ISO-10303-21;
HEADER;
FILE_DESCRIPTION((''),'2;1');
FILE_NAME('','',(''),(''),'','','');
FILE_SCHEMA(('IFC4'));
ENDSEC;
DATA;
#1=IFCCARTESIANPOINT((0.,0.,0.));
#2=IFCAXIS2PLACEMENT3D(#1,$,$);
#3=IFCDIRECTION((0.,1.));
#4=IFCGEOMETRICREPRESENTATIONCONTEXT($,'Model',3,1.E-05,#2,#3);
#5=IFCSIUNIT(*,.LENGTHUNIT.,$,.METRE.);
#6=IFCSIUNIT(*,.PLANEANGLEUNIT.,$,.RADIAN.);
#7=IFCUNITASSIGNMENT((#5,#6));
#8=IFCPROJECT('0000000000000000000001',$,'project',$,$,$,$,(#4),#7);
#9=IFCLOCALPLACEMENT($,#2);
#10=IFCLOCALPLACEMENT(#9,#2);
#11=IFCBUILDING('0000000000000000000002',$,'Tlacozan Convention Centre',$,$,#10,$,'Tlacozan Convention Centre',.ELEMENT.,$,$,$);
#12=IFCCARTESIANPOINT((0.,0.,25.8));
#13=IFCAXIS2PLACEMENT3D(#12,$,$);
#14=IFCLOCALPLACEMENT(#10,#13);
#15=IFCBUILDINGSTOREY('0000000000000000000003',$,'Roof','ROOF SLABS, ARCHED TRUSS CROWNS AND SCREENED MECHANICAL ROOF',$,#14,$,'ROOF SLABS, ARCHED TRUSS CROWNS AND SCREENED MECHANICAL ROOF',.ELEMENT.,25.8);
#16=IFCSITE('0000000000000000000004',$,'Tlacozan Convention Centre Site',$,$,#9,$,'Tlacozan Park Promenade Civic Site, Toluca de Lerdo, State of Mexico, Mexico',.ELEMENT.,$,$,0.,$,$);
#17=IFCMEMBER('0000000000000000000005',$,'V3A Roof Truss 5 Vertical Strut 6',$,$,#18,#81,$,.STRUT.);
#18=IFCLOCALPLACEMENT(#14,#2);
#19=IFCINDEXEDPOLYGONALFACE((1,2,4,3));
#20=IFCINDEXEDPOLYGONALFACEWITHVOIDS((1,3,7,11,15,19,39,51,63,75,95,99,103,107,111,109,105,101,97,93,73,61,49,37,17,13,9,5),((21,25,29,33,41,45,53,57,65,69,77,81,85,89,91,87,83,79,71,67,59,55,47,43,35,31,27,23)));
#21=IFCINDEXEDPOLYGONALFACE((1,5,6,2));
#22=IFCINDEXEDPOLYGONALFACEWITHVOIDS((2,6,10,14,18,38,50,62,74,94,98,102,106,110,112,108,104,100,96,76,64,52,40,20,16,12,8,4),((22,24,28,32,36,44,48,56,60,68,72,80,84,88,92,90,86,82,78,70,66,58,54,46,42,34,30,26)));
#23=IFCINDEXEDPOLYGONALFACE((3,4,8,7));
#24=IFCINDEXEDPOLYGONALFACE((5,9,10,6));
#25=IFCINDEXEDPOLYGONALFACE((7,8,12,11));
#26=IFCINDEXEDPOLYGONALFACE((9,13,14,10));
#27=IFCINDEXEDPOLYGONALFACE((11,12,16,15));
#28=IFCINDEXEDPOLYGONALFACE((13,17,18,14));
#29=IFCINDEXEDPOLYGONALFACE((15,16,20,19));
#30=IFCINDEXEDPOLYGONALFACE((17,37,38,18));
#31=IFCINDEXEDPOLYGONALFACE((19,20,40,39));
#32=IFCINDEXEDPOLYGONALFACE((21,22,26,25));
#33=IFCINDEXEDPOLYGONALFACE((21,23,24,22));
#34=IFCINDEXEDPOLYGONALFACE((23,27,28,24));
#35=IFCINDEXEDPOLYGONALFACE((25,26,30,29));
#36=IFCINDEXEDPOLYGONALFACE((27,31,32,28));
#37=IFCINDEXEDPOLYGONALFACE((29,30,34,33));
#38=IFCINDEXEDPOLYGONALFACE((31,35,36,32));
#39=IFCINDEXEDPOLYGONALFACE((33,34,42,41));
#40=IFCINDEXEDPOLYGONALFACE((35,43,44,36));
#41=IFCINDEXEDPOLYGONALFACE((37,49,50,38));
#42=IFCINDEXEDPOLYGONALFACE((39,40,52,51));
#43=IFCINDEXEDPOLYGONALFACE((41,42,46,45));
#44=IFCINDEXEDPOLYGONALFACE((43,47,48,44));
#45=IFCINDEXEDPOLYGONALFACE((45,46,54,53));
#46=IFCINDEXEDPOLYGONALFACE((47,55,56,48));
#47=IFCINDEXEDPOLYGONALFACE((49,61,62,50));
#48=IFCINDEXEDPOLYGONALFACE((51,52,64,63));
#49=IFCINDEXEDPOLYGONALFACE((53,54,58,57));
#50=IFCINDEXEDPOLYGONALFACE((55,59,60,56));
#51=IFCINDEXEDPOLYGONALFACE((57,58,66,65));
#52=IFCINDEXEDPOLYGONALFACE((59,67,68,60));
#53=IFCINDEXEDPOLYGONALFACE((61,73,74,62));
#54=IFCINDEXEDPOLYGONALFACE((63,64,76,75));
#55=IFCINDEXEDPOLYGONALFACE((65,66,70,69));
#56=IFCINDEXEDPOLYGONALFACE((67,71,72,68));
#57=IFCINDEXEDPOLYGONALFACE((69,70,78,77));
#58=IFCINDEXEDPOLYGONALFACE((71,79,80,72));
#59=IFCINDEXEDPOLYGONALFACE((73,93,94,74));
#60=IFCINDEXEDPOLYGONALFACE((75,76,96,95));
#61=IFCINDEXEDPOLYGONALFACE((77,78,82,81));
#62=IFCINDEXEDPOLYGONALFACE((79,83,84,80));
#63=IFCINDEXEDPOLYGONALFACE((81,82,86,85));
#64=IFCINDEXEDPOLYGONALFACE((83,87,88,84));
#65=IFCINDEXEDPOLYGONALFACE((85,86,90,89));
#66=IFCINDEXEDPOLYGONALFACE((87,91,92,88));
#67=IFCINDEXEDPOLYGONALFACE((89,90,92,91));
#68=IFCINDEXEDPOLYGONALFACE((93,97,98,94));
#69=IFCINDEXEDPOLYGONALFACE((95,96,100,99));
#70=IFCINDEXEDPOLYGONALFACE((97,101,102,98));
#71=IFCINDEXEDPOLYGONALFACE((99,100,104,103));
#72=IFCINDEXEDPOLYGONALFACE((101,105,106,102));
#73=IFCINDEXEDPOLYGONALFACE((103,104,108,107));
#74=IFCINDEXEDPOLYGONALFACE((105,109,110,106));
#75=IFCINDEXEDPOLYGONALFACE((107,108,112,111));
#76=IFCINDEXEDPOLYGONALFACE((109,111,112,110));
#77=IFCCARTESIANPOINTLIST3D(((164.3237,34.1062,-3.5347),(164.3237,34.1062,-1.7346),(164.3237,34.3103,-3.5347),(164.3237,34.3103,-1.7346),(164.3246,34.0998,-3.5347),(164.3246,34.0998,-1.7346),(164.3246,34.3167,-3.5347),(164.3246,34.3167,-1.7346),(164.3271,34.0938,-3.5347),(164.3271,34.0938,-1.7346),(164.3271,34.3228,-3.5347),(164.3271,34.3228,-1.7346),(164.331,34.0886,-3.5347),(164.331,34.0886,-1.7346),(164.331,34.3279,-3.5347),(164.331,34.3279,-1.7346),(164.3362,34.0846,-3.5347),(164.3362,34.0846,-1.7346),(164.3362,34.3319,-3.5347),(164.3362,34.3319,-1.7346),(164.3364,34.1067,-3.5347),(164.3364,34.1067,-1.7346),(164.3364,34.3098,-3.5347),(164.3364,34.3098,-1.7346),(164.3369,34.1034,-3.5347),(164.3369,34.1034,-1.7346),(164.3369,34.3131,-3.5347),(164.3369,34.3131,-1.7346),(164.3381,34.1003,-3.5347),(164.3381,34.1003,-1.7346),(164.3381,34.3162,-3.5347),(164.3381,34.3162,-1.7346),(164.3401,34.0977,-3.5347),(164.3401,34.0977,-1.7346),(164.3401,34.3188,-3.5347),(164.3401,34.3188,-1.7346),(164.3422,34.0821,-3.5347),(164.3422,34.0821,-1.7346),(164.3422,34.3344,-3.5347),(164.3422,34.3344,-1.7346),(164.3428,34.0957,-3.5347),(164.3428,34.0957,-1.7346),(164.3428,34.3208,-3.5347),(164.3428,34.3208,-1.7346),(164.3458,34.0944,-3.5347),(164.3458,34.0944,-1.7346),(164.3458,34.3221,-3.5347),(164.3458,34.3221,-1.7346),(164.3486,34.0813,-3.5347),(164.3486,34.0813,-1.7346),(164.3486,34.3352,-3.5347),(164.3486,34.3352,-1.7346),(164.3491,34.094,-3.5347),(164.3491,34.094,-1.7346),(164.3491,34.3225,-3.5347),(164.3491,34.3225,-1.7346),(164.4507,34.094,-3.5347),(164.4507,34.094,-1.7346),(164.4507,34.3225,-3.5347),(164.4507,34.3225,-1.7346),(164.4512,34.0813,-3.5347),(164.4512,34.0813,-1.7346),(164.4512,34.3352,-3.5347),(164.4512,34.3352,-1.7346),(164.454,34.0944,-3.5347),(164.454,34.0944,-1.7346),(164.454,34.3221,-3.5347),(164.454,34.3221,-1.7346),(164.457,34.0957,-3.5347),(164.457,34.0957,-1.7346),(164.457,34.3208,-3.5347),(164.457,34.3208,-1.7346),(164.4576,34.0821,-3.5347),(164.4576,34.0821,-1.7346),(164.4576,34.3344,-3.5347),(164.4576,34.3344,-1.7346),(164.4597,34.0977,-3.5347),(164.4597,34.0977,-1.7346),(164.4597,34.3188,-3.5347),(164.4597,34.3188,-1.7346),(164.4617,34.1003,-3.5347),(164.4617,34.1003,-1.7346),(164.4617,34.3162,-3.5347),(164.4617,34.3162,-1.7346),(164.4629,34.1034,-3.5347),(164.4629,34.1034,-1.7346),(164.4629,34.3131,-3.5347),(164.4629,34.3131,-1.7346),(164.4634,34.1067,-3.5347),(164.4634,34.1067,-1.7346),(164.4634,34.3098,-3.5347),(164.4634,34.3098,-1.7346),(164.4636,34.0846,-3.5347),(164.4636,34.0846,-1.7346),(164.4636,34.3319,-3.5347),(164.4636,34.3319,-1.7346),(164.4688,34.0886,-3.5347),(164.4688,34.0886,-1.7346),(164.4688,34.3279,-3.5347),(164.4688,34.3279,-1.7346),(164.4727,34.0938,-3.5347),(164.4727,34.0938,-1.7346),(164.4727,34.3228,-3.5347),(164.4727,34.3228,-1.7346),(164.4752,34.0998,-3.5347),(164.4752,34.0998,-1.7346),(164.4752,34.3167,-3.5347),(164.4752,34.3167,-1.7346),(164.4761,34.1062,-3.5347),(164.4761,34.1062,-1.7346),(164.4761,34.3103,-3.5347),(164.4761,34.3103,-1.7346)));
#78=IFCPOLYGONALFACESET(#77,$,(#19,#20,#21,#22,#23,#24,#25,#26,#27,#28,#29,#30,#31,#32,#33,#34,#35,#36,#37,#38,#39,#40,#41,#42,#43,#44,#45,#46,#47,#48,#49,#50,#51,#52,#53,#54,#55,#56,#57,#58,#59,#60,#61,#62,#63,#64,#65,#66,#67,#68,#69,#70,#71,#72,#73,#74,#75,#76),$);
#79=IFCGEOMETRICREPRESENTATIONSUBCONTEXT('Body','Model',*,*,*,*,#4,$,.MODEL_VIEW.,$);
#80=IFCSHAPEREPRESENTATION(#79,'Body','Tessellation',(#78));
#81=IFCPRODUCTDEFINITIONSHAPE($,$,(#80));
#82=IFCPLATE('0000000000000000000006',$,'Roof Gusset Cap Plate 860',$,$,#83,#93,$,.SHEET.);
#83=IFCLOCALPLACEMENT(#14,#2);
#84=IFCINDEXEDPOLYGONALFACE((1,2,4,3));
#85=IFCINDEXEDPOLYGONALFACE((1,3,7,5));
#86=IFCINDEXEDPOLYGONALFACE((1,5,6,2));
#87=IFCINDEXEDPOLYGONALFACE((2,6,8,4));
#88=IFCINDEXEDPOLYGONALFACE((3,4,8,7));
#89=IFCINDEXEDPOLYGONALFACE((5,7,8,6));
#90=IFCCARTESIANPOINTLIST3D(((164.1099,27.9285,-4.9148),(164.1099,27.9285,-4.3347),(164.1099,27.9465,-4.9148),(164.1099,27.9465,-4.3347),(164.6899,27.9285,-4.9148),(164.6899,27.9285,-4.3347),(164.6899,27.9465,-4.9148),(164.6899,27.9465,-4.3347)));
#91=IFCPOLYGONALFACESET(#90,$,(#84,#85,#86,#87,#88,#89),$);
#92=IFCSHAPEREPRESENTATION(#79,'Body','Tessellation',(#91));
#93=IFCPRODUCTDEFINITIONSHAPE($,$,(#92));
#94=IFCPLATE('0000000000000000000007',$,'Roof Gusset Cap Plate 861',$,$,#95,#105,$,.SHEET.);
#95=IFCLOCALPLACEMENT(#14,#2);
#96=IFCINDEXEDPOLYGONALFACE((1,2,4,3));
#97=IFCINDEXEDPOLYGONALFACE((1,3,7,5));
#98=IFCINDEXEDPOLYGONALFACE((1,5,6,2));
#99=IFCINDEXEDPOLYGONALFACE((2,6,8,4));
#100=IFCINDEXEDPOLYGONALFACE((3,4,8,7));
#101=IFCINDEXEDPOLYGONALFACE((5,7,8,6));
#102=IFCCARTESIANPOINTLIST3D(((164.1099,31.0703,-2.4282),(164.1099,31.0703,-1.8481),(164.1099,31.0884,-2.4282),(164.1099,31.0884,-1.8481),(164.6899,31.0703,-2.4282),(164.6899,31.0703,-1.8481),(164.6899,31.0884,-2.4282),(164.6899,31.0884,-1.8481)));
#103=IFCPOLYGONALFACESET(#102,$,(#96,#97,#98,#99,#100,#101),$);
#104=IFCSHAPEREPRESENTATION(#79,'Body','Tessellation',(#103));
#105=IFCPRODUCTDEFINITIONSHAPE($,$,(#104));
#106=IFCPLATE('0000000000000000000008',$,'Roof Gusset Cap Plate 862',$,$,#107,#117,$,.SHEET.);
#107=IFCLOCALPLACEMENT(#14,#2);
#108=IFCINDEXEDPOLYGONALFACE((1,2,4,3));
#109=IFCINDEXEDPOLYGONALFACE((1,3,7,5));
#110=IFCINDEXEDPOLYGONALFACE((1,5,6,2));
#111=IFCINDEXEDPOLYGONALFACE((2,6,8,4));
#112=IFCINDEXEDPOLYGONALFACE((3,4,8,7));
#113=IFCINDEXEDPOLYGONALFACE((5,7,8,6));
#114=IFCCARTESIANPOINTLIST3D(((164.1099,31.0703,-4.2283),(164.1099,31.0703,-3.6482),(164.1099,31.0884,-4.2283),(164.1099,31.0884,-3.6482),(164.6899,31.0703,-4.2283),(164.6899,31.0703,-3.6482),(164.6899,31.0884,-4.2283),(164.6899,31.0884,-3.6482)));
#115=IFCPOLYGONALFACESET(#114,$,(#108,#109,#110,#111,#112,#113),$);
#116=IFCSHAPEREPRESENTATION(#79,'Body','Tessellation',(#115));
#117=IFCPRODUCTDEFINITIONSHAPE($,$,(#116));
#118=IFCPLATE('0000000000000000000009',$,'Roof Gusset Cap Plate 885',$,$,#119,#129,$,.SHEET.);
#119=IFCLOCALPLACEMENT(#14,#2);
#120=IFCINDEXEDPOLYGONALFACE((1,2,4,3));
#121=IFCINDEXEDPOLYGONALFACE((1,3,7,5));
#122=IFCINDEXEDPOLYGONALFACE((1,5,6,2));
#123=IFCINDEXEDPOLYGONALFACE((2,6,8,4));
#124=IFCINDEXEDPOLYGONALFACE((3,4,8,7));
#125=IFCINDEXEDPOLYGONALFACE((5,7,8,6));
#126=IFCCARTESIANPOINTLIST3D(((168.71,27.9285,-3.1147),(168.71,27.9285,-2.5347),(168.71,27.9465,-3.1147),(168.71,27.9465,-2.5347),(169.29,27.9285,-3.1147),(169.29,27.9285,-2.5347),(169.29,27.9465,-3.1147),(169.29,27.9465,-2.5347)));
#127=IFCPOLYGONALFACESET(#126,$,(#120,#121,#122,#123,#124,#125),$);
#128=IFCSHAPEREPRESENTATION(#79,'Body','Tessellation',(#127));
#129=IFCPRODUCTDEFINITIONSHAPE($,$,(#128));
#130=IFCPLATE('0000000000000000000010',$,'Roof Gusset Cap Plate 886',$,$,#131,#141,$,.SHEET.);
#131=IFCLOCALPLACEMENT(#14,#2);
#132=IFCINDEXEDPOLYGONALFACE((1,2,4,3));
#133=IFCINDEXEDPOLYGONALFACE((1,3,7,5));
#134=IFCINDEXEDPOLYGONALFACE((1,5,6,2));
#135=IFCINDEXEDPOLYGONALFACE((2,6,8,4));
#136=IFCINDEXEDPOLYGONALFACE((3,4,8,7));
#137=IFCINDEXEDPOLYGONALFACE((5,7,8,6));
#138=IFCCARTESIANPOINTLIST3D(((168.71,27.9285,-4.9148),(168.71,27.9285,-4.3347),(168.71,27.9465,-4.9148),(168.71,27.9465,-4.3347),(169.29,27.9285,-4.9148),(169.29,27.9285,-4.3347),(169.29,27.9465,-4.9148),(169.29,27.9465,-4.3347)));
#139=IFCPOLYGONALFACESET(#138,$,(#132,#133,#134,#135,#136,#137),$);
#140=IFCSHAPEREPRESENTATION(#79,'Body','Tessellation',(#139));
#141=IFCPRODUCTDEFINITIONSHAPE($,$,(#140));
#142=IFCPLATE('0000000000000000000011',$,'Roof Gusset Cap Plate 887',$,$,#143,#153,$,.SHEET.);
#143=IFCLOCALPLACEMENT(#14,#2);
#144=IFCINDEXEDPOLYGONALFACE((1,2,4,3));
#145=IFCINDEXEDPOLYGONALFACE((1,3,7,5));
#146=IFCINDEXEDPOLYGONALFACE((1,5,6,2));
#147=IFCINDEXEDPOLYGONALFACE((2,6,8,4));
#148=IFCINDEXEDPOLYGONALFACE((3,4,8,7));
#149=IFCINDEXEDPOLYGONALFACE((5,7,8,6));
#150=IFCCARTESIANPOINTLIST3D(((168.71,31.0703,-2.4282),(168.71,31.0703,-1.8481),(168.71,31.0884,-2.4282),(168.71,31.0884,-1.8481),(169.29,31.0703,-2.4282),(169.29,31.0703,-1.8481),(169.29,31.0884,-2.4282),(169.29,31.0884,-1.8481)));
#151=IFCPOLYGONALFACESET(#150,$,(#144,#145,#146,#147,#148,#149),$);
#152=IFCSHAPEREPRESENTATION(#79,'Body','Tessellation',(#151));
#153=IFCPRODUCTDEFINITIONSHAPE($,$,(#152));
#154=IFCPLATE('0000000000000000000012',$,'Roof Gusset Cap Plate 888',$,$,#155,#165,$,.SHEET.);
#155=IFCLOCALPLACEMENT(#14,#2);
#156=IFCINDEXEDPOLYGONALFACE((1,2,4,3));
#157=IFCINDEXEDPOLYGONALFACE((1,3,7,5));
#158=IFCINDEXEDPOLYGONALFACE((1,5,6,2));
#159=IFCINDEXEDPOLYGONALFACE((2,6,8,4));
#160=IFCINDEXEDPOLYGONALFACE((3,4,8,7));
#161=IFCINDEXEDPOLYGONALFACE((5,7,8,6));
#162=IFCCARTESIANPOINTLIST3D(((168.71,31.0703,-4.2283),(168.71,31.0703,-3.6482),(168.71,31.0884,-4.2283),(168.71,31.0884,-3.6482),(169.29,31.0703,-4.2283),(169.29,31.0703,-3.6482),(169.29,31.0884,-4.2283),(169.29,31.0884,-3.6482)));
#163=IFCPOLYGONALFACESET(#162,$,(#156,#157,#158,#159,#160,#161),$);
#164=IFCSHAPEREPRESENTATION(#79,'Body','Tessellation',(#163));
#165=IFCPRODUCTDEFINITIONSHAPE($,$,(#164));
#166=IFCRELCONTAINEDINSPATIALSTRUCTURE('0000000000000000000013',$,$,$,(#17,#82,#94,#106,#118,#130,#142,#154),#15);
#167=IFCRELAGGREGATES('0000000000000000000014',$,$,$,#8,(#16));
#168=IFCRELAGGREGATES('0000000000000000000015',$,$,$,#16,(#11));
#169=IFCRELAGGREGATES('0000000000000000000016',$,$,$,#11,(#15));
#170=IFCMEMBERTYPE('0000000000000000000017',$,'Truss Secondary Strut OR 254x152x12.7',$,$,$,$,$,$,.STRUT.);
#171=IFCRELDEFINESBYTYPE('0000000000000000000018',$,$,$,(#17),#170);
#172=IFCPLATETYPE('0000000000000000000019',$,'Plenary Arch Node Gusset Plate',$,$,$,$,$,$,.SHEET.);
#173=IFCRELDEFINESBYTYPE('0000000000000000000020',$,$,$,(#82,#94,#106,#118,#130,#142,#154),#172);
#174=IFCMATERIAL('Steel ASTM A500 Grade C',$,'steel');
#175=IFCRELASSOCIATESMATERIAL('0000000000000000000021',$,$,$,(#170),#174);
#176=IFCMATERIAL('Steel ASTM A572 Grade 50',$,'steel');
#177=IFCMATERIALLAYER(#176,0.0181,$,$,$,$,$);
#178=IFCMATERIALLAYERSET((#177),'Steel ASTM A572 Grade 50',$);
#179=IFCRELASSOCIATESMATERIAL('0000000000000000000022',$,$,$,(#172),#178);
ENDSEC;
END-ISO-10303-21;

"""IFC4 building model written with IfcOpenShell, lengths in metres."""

from ifc_helpers import new_model, si_unit, direction, frame, origin, origin_2d, place, context, subcontext, project, spatial, rectangle, hollow_rectangle, extrude, material, layer, layer_set, material_profile, profile_set, type_object, element, save


model = new_model("IFC4")

# Units and contexts
model_context = context("Model", 3, precision=1e-05, world=origin(), true_north=direction((0.0, 1.0)))
body_context = subcontext(model_context, "Body", "Model", "MODEL_VIEW")
ifc_project = project(units=[si_unit("LENGTHUNIT", "METRE"), si_unit("PLANEANGLEUNIT", "RADIAN")], contexts=[model_context])

# Site, building, storey
site_placement = place(None, origin())
site = spatial("IfcSite", under=ifc_project, at=site_placement, Name="Tlacozan Convention Centre Site", LongName="Tlacozan Park Promenade Civic Site, Toluca de Lerdo, State of Mexico, Mexico", CompositionType="ELEMENT", RefElevation=0.0)
building_placement = place(site_placement, origin())
building = spatial("IfcBuilding", under=site, at=building_placement, Name="Tlacozan Convention Centre", LongName="Tlacozan Convention Centre", CompositionType="ELEMENT")
storey_placement = place(building_placement, frame((0.0, 0.0, 25.8)))
storey = spatial("IfcBuildingStorey", under=building, at=storey_placement, Name="Roof", Description="ROOF SLABS, ARCHED TRUSS CROWNS AND SCREENED MECHANICAL ROOF", LongName="ROOF SLABS, ARCHED TRUSS CROWNS AND SCREENED MECHANICAL ROOF", CompositionType="ELEMENT", Elevation=25.8)

# Member
ifc_material_1 = material(Name="Steel ASTM A500 Grade C", Category="steel")
ifc_material_profile_1 = material_profile(ifc_material_1, hollow_rectangle(XDim=0.1523, YDim=0.2539, WallThickness=0.0127, InnerFilletRadius=0.0127, OuterFilletRadius=0.0249, at=origin_2d()), Name="OR 254x152x12.7")
ifc_profile_set_1 = profile_set([ifc_material_profile_1], Name="Steel ASTM A500 Grade C")
member_type_1 = type_object("IfcMemberType", Name="Truss Secondary Strut OR 254x152x12.7", PredefinedType="STRUT", material=ifc_profile_set_1)
member_1_placement = place(storey_placement, frame((164.3999, 34.2083, -3.5347), z_axis=(0.0, 0.0, 1.0), x_axis=(1.0, 0.0, 0.0)))
element("IfcMember", 1, at=member_1_placement, inside=storey, type_object=member_type_1, Name="V3A Roof Truss 5 Vertical Strut 6", PredefinedType="STRUT", context=body_context, shape_type="SweptSolid", body=[
    extrude(hollow_rectangle(XDim=0.1523, YDim=0.2539, WallThickness=0.0127, InnerFilletRadius=0.0127, OuterFilletRadius=0.0249, at=origin_2d()), origin(), (0.0, 0.0, 1.0), 1.8),
])

# Plates
ifc_material_2 = material(Name="Steel ASTM A572 Grade 50", Category="steel")
ifc_layer = layer(ifc_material_2, 0.0181)
ifc_layer_set = layer_set([ifc_layer], Name="Steel ASTM A572 Grade 50")
plate_type = type_object("IfcPlateType", Name="Plenary Arch Node Gusset Plate", PredefinedType="SHEET", material=ifc_layer_set)
for number, where, z_axis, x_axis, name in (
    (2, (164.3999, 27.9375, -4.9148), (0.0, 0.0, 1.0), (0.0, 1.0, 0.0), "Roof Gusset Cap Plate 860"),
    (3, (164.3999, 31.0793, -2.4282), (0.0, 0.0, 1.0), (0.0, 1.0, 0.0), "Roof Gusset Cap Plate 861"),
    (4, (164.3999, 31.0793, -4.2283), (0.0, 0.0, 1.0), (0.0, 1.0, 0.0), "Roof Gusset Cap Plate 862"),
    (5, (169.0, 27.9375, -3.1147), (0.0, 0.0, 1.0), (0.0, 1.0, 0.0), "Roof Gusset Cap Plate 885"),
    (6, (169.0, 27.9375, -4.9148), (0.0, 0.0, 1.0), (0.0, 1.0, 0.0), "Roof Gusset Cap Plate 886"),
    (7, (169.0, 31.0793, -2.4282), (0.0, 0.0, 1.0), (0.0, 1.0, 0.0), "Roof Gusset Cap Plate 887"),
    (8, (169.0, 31.0793, -4.2283), (0.0, 0.0, 1.0), (0.0, 1.0, 0.0), "Roof Gusset Cap Plate 888"),
):
    element("IfcPlate", number, at=place(storey_placement, frame(where, z_axis=z_axis, x_axis=x_axis)), inside=storey, type_object=plate_type, Name=name, PredefinedType="SHEET", context=body_context, shape_type="SweptSolid", body=[
        extrude(rectangle(XDim=0.0181, YDim=0.5801, at=origin_2d()), origin(), (0.0, 0.0, 1.0), 0.5801),
    ])

save(model, "model.ifc")
